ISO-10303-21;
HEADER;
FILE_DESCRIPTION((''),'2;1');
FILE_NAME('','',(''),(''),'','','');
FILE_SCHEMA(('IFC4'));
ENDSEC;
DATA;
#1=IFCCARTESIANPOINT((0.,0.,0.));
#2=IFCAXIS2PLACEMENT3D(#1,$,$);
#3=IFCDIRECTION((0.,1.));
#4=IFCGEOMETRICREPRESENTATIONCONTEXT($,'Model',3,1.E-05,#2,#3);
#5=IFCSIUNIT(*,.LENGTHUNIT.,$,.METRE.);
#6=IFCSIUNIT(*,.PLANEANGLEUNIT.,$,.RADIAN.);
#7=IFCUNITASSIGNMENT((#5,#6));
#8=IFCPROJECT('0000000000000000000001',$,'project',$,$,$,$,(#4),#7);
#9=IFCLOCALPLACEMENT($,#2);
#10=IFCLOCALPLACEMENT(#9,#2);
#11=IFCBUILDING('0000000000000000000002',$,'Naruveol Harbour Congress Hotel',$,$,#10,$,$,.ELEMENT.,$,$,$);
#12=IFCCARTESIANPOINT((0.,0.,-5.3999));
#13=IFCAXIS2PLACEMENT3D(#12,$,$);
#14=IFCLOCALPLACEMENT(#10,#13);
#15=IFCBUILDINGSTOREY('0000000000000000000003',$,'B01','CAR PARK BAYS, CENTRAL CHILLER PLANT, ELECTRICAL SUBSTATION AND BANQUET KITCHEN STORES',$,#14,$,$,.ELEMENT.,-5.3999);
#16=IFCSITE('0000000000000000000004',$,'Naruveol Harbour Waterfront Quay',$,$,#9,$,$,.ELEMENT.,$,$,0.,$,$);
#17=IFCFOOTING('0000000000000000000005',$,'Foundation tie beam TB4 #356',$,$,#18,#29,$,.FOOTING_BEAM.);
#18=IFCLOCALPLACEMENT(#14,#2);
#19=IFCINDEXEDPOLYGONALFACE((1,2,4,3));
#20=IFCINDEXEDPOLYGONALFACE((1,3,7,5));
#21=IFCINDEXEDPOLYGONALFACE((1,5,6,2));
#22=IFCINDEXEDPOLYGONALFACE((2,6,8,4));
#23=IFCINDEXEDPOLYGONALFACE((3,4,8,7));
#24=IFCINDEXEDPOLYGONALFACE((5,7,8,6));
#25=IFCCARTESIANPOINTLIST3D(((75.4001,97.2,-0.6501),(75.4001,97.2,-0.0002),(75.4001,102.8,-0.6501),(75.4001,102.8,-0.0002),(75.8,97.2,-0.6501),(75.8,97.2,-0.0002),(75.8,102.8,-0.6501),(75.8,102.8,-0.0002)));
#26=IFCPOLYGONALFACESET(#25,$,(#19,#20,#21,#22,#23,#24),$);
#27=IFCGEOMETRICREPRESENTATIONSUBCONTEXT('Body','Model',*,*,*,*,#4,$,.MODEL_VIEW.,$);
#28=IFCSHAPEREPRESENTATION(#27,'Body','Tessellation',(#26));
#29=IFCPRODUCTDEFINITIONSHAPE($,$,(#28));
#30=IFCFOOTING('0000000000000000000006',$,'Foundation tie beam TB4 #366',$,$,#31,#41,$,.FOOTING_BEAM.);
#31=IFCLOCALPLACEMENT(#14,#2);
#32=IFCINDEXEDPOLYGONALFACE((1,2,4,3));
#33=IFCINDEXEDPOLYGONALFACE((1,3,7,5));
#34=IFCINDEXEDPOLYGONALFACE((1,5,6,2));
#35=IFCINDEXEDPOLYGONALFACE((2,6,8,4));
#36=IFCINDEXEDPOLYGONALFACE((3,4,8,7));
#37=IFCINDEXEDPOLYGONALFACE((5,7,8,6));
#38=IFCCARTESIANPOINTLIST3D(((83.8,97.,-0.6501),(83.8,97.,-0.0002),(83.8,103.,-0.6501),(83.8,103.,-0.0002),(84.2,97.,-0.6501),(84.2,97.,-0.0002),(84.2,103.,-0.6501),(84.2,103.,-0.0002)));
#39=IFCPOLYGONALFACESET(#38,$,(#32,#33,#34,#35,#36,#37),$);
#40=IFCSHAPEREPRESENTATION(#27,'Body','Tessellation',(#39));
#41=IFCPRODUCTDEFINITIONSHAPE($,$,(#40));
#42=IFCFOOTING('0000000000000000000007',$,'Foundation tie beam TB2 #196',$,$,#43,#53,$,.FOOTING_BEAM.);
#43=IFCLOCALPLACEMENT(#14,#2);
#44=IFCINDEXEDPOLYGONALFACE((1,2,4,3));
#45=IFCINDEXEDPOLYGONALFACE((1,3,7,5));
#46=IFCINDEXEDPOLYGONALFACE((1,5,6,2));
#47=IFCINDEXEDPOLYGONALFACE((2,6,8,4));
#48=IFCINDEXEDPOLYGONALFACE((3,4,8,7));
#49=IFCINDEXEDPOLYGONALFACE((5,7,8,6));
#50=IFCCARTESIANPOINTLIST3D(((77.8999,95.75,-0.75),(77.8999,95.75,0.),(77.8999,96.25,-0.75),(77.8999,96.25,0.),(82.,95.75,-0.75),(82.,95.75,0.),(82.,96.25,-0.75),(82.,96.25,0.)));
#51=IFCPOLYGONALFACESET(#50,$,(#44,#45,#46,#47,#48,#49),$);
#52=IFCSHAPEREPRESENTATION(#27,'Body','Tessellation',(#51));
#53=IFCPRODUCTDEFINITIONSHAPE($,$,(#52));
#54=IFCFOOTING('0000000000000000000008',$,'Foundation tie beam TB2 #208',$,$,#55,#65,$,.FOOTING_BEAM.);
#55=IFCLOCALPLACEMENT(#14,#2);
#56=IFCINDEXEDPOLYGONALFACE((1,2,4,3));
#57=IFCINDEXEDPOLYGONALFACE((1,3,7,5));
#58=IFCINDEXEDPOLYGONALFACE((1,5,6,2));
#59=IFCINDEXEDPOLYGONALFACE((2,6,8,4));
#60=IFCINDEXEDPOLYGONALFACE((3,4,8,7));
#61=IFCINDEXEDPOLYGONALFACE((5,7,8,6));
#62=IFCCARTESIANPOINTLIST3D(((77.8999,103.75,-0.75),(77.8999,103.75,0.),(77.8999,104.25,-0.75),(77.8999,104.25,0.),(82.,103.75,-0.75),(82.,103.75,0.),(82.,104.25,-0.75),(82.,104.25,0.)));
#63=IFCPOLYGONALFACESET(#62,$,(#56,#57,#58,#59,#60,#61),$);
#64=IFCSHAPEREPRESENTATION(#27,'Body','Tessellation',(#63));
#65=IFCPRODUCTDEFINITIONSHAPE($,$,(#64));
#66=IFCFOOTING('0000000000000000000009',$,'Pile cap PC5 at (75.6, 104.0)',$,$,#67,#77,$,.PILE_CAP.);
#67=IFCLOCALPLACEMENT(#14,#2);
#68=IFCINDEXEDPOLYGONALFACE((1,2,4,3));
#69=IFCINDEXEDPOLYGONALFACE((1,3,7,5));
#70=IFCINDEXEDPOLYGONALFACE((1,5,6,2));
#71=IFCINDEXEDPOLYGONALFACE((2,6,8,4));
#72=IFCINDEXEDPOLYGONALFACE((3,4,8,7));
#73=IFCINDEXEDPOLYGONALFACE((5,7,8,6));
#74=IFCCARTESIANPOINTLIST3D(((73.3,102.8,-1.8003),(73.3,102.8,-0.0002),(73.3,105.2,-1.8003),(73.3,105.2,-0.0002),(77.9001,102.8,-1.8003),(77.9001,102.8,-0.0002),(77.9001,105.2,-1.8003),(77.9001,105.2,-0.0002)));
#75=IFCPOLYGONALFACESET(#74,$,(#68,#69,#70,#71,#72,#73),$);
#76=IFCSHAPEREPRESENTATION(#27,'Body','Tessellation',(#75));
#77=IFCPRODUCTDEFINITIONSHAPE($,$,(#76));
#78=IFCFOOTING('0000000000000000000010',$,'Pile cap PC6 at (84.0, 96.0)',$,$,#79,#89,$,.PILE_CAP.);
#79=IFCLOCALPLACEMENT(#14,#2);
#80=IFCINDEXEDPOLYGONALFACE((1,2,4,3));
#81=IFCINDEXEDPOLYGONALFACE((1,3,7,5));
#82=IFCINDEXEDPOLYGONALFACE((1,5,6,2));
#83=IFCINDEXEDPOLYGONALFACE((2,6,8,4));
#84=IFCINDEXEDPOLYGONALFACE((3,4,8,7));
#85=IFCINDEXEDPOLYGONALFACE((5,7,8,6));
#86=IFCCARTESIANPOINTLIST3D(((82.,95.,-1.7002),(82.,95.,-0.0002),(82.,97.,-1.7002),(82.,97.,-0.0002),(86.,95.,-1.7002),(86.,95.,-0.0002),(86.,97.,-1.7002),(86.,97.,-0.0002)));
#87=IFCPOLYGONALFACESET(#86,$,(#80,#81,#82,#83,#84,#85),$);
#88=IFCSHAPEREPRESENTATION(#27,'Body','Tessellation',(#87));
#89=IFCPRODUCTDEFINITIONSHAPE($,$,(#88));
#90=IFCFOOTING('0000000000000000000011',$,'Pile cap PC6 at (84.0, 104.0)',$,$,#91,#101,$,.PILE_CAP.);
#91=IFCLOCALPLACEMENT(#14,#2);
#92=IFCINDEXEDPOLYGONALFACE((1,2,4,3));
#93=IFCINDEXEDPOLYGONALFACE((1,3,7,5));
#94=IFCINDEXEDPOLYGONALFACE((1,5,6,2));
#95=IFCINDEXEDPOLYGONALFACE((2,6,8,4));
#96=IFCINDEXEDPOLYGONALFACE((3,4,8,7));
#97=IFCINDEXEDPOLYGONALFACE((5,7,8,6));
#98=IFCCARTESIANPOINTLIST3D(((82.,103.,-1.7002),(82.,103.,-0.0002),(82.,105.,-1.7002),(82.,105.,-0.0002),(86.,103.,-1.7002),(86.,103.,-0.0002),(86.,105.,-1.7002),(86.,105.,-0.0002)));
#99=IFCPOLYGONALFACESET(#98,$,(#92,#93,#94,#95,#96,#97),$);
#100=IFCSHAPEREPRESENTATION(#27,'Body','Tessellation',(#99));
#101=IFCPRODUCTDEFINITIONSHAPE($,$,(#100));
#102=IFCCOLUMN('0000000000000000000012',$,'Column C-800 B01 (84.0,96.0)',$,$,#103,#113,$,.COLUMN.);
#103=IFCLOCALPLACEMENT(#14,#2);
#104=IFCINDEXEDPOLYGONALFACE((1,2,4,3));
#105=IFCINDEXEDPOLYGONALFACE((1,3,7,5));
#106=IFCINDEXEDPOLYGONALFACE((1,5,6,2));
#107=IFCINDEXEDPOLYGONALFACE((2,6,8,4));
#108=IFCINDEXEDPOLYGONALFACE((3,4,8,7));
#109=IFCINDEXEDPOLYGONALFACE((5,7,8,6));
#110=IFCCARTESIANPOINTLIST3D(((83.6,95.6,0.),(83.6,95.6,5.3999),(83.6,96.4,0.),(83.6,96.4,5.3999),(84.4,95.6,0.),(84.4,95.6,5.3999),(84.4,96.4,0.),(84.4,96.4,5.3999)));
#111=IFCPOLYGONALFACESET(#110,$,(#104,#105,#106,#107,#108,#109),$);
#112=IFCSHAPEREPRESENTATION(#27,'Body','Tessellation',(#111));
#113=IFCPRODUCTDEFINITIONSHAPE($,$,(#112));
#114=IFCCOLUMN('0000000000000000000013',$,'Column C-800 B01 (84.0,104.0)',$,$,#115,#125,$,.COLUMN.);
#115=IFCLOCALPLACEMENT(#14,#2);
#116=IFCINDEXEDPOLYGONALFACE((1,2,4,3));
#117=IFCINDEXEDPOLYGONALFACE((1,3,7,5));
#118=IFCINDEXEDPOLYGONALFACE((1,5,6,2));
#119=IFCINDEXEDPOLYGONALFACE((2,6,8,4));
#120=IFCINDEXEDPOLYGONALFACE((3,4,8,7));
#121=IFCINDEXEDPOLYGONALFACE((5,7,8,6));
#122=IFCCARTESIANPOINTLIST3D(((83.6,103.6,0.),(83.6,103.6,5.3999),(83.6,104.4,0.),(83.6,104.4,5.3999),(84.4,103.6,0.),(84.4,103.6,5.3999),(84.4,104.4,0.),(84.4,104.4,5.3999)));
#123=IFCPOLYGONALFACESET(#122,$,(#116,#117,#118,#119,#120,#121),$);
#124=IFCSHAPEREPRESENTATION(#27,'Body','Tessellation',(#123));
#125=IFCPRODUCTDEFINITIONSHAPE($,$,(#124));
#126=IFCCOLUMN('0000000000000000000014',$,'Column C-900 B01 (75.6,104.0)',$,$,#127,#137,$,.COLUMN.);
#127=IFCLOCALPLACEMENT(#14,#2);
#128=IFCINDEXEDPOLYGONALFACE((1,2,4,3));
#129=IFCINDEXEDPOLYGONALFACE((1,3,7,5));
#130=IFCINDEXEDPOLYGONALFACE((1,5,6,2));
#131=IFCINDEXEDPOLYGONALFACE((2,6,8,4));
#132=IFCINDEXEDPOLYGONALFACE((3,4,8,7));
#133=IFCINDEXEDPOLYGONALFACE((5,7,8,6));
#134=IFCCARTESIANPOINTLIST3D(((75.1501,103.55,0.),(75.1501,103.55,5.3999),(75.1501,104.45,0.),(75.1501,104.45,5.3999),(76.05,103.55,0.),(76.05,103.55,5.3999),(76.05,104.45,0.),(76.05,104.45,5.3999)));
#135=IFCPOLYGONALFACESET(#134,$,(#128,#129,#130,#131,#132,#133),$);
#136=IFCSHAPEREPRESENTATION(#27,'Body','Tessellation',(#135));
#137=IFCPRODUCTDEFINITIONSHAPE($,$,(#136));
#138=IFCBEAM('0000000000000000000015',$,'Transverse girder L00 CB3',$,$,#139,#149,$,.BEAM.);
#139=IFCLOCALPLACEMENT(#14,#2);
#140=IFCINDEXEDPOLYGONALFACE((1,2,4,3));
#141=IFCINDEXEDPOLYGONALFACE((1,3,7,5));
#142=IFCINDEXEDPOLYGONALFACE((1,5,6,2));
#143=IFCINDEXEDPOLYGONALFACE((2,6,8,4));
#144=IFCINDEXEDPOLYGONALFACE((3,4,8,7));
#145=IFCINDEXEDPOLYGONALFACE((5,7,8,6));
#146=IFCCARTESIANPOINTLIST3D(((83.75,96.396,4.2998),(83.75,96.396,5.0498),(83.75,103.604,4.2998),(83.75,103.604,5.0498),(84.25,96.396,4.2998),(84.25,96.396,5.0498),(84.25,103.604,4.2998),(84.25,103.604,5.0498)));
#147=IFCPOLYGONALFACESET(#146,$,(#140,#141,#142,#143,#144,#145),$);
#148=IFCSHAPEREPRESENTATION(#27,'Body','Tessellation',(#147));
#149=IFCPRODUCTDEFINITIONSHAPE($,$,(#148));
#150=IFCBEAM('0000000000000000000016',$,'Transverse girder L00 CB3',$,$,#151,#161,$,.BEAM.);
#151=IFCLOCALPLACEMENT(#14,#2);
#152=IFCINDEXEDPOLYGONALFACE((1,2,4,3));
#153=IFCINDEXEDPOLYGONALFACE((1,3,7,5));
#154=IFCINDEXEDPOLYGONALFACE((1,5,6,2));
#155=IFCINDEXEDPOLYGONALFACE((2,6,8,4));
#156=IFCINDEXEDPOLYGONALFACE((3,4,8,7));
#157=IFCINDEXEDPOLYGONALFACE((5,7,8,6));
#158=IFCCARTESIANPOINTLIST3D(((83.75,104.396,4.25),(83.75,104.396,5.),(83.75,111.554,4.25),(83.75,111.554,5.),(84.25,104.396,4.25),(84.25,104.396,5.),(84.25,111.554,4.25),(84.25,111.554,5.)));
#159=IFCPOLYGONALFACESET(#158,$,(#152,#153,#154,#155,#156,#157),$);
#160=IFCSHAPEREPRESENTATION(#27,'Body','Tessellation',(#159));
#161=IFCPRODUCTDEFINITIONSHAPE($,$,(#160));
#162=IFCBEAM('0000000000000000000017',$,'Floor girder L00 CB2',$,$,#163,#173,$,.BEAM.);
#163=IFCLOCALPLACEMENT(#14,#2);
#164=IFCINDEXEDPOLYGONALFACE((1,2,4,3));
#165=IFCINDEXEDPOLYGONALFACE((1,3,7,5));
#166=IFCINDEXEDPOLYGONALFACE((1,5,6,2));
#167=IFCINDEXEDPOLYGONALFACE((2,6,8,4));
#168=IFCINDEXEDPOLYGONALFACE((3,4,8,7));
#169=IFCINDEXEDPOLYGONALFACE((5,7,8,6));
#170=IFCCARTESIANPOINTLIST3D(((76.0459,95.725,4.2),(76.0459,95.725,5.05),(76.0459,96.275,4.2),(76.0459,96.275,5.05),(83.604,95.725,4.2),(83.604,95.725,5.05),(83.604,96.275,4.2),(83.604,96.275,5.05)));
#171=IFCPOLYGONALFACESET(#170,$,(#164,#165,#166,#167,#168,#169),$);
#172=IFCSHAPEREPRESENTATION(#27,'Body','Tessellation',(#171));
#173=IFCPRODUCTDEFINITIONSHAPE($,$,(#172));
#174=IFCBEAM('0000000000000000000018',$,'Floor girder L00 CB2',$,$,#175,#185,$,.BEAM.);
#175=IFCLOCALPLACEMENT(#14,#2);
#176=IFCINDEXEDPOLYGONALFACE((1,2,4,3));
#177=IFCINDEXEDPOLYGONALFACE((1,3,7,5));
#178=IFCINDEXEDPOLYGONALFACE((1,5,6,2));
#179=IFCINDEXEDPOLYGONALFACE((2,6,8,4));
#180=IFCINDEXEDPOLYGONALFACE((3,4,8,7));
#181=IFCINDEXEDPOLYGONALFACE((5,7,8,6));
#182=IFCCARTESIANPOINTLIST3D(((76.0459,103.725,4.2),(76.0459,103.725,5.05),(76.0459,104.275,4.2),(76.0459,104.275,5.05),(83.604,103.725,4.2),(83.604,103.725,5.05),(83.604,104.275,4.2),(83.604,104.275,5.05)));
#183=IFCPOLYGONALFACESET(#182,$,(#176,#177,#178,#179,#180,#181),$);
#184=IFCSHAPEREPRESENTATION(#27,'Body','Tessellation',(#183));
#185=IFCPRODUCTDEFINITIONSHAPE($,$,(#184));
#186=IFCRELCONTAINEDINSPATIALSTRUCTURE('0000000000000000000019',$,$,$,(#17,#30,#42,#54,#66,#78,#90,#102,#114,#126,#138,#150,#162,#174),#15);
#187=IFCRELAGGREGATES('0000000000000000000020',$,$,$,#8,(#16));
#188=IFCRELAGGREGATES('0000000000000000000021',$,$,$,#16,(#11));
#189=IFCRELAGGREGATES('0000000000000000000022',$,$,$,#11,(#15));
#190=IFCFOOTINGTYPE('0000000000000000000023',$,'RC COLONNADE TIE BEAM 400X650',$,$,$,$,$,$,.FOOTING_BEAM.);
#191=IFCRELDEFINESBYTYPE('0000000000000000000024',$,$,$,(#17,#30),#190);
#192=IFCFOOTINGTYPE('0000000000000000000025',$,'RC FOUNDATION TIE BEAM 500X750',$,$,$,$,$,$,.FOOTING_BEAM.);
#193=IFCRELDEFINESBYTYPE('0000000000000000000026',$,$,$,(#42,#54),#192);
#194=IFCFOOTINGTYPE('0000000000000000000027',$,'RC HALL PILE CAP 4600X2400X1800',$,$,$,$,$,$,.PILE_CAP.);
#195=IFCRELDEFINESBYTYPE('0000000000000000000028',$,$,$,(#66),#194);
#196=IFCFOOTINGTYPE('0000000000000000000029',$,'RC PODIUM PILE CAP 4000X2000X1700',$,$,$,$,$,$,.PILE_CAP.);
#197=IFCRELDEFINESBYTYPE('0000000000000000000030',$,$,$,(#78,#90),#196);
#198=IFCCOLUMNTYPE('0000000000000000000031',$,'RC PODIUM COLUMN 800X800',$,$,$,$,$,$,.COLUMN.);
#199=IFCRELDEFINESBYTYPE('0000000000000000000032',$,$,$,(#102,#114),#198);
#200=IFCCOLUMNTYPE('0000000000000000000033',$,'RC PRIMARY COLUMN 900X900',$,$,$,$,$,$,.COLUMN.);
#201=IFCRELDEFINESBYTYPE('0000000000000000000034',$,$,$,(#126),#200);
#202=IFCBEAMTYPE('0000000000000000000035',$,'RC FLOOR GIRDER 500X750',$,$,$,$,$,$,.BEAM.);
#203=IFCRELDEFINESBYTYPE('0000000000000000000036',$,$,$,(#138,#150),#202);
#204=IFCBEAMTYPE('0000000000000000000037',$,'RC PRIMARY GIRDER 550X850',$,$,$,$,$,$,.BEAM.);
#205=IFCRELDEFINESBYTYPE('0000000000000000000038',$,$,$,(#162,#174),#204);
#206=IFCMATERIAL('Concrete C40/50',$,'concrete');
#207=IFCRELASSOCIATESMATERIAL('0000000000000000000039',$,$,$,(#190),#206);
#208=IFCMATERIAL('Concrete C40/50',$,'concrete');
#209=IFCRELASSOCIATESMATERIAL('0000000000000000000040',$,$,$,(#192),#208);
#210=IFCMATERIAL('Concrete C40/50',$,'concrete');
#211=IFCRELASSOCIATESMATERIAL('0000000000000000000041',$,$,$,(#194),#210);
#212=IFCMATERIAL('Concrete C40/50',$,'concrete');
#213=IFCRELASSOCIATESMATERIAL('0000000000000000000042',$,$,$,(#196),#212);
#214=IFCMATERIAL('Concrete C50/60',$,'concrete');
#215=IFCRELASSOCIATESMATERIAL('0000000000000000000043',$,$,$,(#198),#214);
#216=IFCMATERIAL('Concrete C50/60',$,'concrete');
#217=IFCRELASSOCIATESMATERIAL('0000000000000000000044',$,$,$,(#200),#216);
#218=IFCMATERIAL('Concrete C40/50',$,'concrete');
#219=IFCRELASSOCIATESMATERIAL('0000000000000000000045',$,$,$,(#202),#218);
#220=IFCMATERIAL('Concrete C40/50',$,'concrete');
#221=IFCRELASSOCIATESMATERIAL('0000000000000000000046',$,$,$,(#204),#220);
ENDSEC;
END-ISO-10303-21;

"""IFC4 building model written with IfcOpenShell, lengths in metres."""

from ifc_helpers import new_model, si_unit, direction, frame, origin, origin_2d, place, context, subcontext, project, spatial, rectangle, extrude, material, material_profile, profile_set, type_object, element, save


model = new_model("IFC4")

# Units and contexts
model_context = context("Model", 3, precision=1e-05, world=origin(), true_north=direction((0.0, 1.0)))
body_context = subcontext(model_context, "Body", "Model", "MODEL_VIEW")
ifc_project = project(units=[si_unit("LENGTHUNIT", "METRE"), si_unit("PLANEANGLEUNIT", "RADIAN")], contexts=[model_context])

# Site, building, storey
site_placement = place(None, origin())
site = spatial("IfcSite", under=ifc_project, at=site_placement, Name="Naruveol Harbour Waterfront Quay", CompositionType="ELEMENT", RefElevation=0.0)
building_placement = place(site_placement, origin())
building = spatial("IfcBuilding", under=site, at=building_placement, Name="Naruveol Harbour Congress Hotel", CompositionType="ELEMENT")
storey_placement = place(building_placement, frame((0.0, 0.0, -5.3999)))
storey = spatial("IfcBuildingStorey", under=building, at=storey_placement, Name="B01", Description="CAR PARK BAYS, CENTRAL CHILLER PLANT, ELECTRICAL SUBSTATION AND BANQUET KITCHEN STORES", CompositionType="ELEMENT", Elevation=-5.3999)

# Footings
ifc_material_1 = material(Name="Concrete C40/50", Category="concrete")
ifc_material_profile_1 = material_profile(ifc_material_1, rectangle(XDim=0.3999, YDim=0.6499, at=origin_2d()), Name="RCB-400x650")
ifc_profile_set_1 = profile_set([ifc_material_profile_1], Name="Concrete C40/50")
footing_type_1 = type_object("IfcFootingType", Name="RC COLONNADE TIE BEAM 400X650", PredefinedType="FOOTING_BEAM", material=ifc_profile_set_1)
footing_1_placement = place(storey_placement, frame((75.6001, 97.2, -0.3252), z_axis=(0.0, 1.0, 0.0), x_axis=(-1.0, 0.0, 0.0)))
element("IfcFooting", 1, at=footing_1_placement, inside=storey, type_object=footing_type_1, Name="Foundation tie beam TB4 #356", PredefinedType="FOOTING_BEAM", context=body_context, shape_type="SweptSolid", body=[
    extrude(rectangle(XDim=0.3999, YDim=0.6499, at=origin_2d()), origin(), (0.0, 0.0, 1.0), 5.6001),
])
footing_2_placement = place(storey_placement, frame((84.0, 97.0, -0.3252), z_axis=(0.0, 1.0, 0.0), x_axis=(-1.0, 0.0, 0.0)))
element("IfcFooting", 2, at=footing_2_placement, inside=storey, type_object=footing_type_1, Name="Foundation tie beam TB4 #366", PredefinedType="FOOTING_BEAM", context=body_context, shape_type="SweptSolid", body=[
    extrude(rectangle(XDim=0.3999, YDim=0.6499, at=origin_2d()), origin(), (0.0, 0.0, 1.0), 6.0),
])
ifc_material_2 = material(Name="Concrete C40/50", Category="concrete")
ifc_material_profile_2 = material_profile(ifc_material_2, rectangle(XDim=0.5, YDim=0.75, at=origin_2d()), Name="RCB-500x750")
ifc_profile_set_2 = profile_set([ifc_material_profile_2], Name="Concrete C40/50")
footing_type_2 = type_object("IfcFootingType", Name="RC FOUNDATION TIE BEAM 500X750", PredefinedType="FOOTING_BEAM", material=ifc_profile_set_2)
for number, where, z_axis, x_axis, name in (
    (3, (77.8999, 96.0, -0.375), (1.0, 0.0, 0.0), (0.0, 1.0, 0.0), "Foundation tie beam TB2 #196"),
    (4, (77.8999, 104.0, -0.375), (1.0, 0.0, 0.0), (0.0, 1.0, 0.0), "Foundation tie beam TB2 #208"),
):
    element("IfcFooting", number, at=place(storey_placement, frame(where, z_axis=z_axis, x_axis=x_axis)), inside=storey, type_object=footing_type_2, Name=name, PredefinedType="FOOTING_BEAM", context=body_context, shape_type="SweptSolid", body=[
        extrude(rectangle(XDim=0.5, YDim=0.75, at=origin_2d()), origin(), (0.0, 0.0, 1.0), 4.1001),
    ])
ifc_material_3 = material(Name="Concrete C40/50", Category="concrete")
footing_type_3 = type_object("IfcFootingType", Name="RC HALL PILE CAP 4600X2400X1800", PredefinedType="PILE_CAP", material=ifc_material_3)
footing_3_placement = place(storey_placement, frame((75.6001, 104.0, -1.8003), z_axis=(0.0, 0.0, 1.0), x_axis=(1.0, 0.0, 0.0)))
element("IfcFooting", 5, at=footing_3_placement, inside=storey, type_object=footing_type_3, Name="Pile cap PC5 at (75.6, 104.0)", PredefinedType="PILE_CAP", context=body_context, shape_type="SweptSolid", body=[
    extrude(rectangle(XDim=4.6001, YDim=2.3999, at=origin_2d()), origin(), (0.0, 0.0, 1.0), 1.8),
])
ifc_material_4 = material(Name="Concrete C40/50", Category="concrete")
footing_type_4 = type_object("IfcFootingType", Name="RC PODIUM PILE CAP 4000X2000X1700", PredefinedType="PILE_CAP", material=ifc_material_4)
for number, where, z_axis, x_axis, name in (
    (6, (84.0, 96.0, -1.7002), (0.0, 0.0, 1.0), (1.0, 0.0, 0.0), "Pile cap PC6 at (84.0, 96.0)"),
    (7, (84.0, 104.0, -1.7002), (0.0, 0.0, 1.0), (1.0, 0.0, 0.0), "Pile cap PC6 at (84.0, 104.0)"),
):
    element("IfcFooting", number, at=place(storey_placement, frame(where, z_axis=z_axis, x_axis=x_axis)), inside=storey, type_object=footing_type_4, Name=name, PredefinedType="PILE_CAP", context=body_context, shape_type="SweptSolid", body=[
        extrude(rectangle(XDim=4.0, YDim=2.0, at=origin_2d()), origin(), (0.0, 0.0, 1.0), 1.7),
    ])

# Columns
ifc_material_5 = material(Name="Concrete C50/60", Category="concrete")
ifc_material_profile_3 = material_profile(ifc_material_5, rectangle(XDim=0.8, YDim=0.8, at=origin_2d()), Name="RC-800x800")
ifc_profile_set_3 = profile_set([ifc_material_profile_3], Name="Concrete C50/60")
column_type_1 = type_object("IfcColumnType", Name="RC PODIUM COLUMN 800X800", PredefinedType="COLUMN", material=ifc_profile_set_3)
for number, where, z_axis, x_axis, name in (
    (8, (84.0, 96.0, 0.0), (0.0, 0.0, 1.0), (1.0, 0.0, 0.0), "Column C-800 B01 (84.0,96.0)"),
    (9, (84.0, 104.0, 0.0), (0.0, 0.0, 1.0), (1.0, 0.0, 0.0), "Column C-800 B01 (84.0,104.0)"),
):
    element("IfcColumn", number, at=place(storey_placement, frame(where, z_axis=z_axis, x_axis=x_axis)), inside=storey, type_object=column_type_1, Name=name, PredefinedType="COLUMN", context=body_context, shape_type="SweptSolid", body=[
        extrude(rectangle(XDim=0.8, YDim=0.8, at=origin_2d()), origin(), (0.0, 0.0, 1.0), 5.3999),
    ])
ifc_material_6 = material(Name="Concrete C50/60", Category="concrete")
ifc_material_profile_4 = material_profile(ifc_material_6, rectangle(XDim=0.8999, YDim=0.8999, at=origin_2d()), Name="RC-900x900")
ifc_profile_set_4 = profile_set([ifc_material_profile_4], Name="Concrete C50/60")
column_type_2 = type_object("IfcColumnType", Name="RC PRIMARY COLUMN 900X900", PredefinedType="COLUMN", material=ifc_profile_set_4)
column_placement = place(storey_placement, frame((75.6001, 104.0, 0.0), z_axis=(0.0, 0.0, 1.0), x_axis=(1.0, 0.0, 0.0)))
element("IfcColumn", 10, at=column_placement, inside=storey, type_object=column_type_2, Name="Column C-900 B01 (75.6,104.0)", PredefinedType="COLUMN", context=body_context, shape_type="SweptSolid", body=[
    extrude(rectangle(XDim=0.8999, YDim=0.8999, at=origin_2d()), origin(), (0.0, 0.0, 1.0), 5.3999),
])

# Beams
ifc_material_7 = material(Name="Concrete C40/50", Category="concrete")
ifc_material_profile_5 = material_profile(ifc_material_7, rectangle(XDim=0.5, YDim=0.75, at=origin_2d()), Name="RCB-500x750")
ifc_profile_set_5 = profile_set([ifc_material_profile_5], Name="Concrete C40/50")
beam_type_1 = type_object("IfcBeamType", Name="RC FLOOR GIRDER 500X750", PredefinedType="BEAM", material=ifc_profile_set_5)
beam_1_placement = place(storey_placement, frame((84.0, 96.396, 4.6748), z_axis=(0.0, 1.0, 0.0), x_axis=(-1.0, 0.0, 0.0)))
element("IfcBeam", 11, at=beam_1_placement, inside=storey, type_object=beam_type_1, Name="Transverse girder L00 CB3", PredefinedType="BEAM", context=body_context, shape_type="SweptSolid", body=[
    extrude(rectangle(XDim=0.5, YDim=0.75, at=origin_2d()), origin(), (0.0, 0.0, 1.0), 7.208),
])
beam_2_placement = place(storey_placement, frame((84.0, 104.396, 4.625), z_axis=(0.0, 1.0, 0.0), x_axis=(-1.0, 0.0, 0.0)))
element("IfcBeam", 12, at=beam_2_placement, inside=storey, type_object=beam_type_1, Name="Transverse girder L00 CB3", PredefinedType="BEAM", context=body_context, shape_type="SweptSolid", body=[
    extrude(rectangle(XDim=0.5, YDim=0.75, at=origin_2d()), origin(), (0.0, 0.0, 1.0), 7.158),
])
ifc_material_8 = material(Name="Concrete C40/50", Category="concrete")
ifc_material_profile_6 = material_profile(ifc_material_8, rectangle(XDim=0.55, YDim=0.8501, at=origin_2d()), Name="RCB-550x850")
ifc_profile_set_6 = profile_set([ifc_material_profile_6], Name="Concrete C40/50")
beam_type_2 = type_object("IfcBeamType", Name="RC PRIMARY GIRDER 550X850", PredefinedType="BEAM", material=ifc_profile_set_6)
for number, where, z_axis, x_axis, name in (
    (13, (76.0459, 96.0, 4.625), (1.0, 0.0, 0.0), (0.0, 1.0, 0.0), "Floor girder L00 CB2"),
    (14, (76.0459, 104.0, 4.625), (1.0, 0.0, 0.0), (0.0, 1.0, 0.0), "Floor girder L00 CB2"),
):
    element("IfcBeam", number, at=place(storey_placement, frame(where, z_axis=z_axis, x_axis=x_axis)), inside=storey, type_object=beam_type_2, Name=name, PredefinedType="BEAM", context=body_context, shape_type="SweptSolid", body=[
        extrude(rectangle(XDim=0.55, YDim=0.8501, at=origin_2d()), origin(), (0.0, 0.0, 1.0), 7.5581),
    ])

save(model, "model.ifc")
